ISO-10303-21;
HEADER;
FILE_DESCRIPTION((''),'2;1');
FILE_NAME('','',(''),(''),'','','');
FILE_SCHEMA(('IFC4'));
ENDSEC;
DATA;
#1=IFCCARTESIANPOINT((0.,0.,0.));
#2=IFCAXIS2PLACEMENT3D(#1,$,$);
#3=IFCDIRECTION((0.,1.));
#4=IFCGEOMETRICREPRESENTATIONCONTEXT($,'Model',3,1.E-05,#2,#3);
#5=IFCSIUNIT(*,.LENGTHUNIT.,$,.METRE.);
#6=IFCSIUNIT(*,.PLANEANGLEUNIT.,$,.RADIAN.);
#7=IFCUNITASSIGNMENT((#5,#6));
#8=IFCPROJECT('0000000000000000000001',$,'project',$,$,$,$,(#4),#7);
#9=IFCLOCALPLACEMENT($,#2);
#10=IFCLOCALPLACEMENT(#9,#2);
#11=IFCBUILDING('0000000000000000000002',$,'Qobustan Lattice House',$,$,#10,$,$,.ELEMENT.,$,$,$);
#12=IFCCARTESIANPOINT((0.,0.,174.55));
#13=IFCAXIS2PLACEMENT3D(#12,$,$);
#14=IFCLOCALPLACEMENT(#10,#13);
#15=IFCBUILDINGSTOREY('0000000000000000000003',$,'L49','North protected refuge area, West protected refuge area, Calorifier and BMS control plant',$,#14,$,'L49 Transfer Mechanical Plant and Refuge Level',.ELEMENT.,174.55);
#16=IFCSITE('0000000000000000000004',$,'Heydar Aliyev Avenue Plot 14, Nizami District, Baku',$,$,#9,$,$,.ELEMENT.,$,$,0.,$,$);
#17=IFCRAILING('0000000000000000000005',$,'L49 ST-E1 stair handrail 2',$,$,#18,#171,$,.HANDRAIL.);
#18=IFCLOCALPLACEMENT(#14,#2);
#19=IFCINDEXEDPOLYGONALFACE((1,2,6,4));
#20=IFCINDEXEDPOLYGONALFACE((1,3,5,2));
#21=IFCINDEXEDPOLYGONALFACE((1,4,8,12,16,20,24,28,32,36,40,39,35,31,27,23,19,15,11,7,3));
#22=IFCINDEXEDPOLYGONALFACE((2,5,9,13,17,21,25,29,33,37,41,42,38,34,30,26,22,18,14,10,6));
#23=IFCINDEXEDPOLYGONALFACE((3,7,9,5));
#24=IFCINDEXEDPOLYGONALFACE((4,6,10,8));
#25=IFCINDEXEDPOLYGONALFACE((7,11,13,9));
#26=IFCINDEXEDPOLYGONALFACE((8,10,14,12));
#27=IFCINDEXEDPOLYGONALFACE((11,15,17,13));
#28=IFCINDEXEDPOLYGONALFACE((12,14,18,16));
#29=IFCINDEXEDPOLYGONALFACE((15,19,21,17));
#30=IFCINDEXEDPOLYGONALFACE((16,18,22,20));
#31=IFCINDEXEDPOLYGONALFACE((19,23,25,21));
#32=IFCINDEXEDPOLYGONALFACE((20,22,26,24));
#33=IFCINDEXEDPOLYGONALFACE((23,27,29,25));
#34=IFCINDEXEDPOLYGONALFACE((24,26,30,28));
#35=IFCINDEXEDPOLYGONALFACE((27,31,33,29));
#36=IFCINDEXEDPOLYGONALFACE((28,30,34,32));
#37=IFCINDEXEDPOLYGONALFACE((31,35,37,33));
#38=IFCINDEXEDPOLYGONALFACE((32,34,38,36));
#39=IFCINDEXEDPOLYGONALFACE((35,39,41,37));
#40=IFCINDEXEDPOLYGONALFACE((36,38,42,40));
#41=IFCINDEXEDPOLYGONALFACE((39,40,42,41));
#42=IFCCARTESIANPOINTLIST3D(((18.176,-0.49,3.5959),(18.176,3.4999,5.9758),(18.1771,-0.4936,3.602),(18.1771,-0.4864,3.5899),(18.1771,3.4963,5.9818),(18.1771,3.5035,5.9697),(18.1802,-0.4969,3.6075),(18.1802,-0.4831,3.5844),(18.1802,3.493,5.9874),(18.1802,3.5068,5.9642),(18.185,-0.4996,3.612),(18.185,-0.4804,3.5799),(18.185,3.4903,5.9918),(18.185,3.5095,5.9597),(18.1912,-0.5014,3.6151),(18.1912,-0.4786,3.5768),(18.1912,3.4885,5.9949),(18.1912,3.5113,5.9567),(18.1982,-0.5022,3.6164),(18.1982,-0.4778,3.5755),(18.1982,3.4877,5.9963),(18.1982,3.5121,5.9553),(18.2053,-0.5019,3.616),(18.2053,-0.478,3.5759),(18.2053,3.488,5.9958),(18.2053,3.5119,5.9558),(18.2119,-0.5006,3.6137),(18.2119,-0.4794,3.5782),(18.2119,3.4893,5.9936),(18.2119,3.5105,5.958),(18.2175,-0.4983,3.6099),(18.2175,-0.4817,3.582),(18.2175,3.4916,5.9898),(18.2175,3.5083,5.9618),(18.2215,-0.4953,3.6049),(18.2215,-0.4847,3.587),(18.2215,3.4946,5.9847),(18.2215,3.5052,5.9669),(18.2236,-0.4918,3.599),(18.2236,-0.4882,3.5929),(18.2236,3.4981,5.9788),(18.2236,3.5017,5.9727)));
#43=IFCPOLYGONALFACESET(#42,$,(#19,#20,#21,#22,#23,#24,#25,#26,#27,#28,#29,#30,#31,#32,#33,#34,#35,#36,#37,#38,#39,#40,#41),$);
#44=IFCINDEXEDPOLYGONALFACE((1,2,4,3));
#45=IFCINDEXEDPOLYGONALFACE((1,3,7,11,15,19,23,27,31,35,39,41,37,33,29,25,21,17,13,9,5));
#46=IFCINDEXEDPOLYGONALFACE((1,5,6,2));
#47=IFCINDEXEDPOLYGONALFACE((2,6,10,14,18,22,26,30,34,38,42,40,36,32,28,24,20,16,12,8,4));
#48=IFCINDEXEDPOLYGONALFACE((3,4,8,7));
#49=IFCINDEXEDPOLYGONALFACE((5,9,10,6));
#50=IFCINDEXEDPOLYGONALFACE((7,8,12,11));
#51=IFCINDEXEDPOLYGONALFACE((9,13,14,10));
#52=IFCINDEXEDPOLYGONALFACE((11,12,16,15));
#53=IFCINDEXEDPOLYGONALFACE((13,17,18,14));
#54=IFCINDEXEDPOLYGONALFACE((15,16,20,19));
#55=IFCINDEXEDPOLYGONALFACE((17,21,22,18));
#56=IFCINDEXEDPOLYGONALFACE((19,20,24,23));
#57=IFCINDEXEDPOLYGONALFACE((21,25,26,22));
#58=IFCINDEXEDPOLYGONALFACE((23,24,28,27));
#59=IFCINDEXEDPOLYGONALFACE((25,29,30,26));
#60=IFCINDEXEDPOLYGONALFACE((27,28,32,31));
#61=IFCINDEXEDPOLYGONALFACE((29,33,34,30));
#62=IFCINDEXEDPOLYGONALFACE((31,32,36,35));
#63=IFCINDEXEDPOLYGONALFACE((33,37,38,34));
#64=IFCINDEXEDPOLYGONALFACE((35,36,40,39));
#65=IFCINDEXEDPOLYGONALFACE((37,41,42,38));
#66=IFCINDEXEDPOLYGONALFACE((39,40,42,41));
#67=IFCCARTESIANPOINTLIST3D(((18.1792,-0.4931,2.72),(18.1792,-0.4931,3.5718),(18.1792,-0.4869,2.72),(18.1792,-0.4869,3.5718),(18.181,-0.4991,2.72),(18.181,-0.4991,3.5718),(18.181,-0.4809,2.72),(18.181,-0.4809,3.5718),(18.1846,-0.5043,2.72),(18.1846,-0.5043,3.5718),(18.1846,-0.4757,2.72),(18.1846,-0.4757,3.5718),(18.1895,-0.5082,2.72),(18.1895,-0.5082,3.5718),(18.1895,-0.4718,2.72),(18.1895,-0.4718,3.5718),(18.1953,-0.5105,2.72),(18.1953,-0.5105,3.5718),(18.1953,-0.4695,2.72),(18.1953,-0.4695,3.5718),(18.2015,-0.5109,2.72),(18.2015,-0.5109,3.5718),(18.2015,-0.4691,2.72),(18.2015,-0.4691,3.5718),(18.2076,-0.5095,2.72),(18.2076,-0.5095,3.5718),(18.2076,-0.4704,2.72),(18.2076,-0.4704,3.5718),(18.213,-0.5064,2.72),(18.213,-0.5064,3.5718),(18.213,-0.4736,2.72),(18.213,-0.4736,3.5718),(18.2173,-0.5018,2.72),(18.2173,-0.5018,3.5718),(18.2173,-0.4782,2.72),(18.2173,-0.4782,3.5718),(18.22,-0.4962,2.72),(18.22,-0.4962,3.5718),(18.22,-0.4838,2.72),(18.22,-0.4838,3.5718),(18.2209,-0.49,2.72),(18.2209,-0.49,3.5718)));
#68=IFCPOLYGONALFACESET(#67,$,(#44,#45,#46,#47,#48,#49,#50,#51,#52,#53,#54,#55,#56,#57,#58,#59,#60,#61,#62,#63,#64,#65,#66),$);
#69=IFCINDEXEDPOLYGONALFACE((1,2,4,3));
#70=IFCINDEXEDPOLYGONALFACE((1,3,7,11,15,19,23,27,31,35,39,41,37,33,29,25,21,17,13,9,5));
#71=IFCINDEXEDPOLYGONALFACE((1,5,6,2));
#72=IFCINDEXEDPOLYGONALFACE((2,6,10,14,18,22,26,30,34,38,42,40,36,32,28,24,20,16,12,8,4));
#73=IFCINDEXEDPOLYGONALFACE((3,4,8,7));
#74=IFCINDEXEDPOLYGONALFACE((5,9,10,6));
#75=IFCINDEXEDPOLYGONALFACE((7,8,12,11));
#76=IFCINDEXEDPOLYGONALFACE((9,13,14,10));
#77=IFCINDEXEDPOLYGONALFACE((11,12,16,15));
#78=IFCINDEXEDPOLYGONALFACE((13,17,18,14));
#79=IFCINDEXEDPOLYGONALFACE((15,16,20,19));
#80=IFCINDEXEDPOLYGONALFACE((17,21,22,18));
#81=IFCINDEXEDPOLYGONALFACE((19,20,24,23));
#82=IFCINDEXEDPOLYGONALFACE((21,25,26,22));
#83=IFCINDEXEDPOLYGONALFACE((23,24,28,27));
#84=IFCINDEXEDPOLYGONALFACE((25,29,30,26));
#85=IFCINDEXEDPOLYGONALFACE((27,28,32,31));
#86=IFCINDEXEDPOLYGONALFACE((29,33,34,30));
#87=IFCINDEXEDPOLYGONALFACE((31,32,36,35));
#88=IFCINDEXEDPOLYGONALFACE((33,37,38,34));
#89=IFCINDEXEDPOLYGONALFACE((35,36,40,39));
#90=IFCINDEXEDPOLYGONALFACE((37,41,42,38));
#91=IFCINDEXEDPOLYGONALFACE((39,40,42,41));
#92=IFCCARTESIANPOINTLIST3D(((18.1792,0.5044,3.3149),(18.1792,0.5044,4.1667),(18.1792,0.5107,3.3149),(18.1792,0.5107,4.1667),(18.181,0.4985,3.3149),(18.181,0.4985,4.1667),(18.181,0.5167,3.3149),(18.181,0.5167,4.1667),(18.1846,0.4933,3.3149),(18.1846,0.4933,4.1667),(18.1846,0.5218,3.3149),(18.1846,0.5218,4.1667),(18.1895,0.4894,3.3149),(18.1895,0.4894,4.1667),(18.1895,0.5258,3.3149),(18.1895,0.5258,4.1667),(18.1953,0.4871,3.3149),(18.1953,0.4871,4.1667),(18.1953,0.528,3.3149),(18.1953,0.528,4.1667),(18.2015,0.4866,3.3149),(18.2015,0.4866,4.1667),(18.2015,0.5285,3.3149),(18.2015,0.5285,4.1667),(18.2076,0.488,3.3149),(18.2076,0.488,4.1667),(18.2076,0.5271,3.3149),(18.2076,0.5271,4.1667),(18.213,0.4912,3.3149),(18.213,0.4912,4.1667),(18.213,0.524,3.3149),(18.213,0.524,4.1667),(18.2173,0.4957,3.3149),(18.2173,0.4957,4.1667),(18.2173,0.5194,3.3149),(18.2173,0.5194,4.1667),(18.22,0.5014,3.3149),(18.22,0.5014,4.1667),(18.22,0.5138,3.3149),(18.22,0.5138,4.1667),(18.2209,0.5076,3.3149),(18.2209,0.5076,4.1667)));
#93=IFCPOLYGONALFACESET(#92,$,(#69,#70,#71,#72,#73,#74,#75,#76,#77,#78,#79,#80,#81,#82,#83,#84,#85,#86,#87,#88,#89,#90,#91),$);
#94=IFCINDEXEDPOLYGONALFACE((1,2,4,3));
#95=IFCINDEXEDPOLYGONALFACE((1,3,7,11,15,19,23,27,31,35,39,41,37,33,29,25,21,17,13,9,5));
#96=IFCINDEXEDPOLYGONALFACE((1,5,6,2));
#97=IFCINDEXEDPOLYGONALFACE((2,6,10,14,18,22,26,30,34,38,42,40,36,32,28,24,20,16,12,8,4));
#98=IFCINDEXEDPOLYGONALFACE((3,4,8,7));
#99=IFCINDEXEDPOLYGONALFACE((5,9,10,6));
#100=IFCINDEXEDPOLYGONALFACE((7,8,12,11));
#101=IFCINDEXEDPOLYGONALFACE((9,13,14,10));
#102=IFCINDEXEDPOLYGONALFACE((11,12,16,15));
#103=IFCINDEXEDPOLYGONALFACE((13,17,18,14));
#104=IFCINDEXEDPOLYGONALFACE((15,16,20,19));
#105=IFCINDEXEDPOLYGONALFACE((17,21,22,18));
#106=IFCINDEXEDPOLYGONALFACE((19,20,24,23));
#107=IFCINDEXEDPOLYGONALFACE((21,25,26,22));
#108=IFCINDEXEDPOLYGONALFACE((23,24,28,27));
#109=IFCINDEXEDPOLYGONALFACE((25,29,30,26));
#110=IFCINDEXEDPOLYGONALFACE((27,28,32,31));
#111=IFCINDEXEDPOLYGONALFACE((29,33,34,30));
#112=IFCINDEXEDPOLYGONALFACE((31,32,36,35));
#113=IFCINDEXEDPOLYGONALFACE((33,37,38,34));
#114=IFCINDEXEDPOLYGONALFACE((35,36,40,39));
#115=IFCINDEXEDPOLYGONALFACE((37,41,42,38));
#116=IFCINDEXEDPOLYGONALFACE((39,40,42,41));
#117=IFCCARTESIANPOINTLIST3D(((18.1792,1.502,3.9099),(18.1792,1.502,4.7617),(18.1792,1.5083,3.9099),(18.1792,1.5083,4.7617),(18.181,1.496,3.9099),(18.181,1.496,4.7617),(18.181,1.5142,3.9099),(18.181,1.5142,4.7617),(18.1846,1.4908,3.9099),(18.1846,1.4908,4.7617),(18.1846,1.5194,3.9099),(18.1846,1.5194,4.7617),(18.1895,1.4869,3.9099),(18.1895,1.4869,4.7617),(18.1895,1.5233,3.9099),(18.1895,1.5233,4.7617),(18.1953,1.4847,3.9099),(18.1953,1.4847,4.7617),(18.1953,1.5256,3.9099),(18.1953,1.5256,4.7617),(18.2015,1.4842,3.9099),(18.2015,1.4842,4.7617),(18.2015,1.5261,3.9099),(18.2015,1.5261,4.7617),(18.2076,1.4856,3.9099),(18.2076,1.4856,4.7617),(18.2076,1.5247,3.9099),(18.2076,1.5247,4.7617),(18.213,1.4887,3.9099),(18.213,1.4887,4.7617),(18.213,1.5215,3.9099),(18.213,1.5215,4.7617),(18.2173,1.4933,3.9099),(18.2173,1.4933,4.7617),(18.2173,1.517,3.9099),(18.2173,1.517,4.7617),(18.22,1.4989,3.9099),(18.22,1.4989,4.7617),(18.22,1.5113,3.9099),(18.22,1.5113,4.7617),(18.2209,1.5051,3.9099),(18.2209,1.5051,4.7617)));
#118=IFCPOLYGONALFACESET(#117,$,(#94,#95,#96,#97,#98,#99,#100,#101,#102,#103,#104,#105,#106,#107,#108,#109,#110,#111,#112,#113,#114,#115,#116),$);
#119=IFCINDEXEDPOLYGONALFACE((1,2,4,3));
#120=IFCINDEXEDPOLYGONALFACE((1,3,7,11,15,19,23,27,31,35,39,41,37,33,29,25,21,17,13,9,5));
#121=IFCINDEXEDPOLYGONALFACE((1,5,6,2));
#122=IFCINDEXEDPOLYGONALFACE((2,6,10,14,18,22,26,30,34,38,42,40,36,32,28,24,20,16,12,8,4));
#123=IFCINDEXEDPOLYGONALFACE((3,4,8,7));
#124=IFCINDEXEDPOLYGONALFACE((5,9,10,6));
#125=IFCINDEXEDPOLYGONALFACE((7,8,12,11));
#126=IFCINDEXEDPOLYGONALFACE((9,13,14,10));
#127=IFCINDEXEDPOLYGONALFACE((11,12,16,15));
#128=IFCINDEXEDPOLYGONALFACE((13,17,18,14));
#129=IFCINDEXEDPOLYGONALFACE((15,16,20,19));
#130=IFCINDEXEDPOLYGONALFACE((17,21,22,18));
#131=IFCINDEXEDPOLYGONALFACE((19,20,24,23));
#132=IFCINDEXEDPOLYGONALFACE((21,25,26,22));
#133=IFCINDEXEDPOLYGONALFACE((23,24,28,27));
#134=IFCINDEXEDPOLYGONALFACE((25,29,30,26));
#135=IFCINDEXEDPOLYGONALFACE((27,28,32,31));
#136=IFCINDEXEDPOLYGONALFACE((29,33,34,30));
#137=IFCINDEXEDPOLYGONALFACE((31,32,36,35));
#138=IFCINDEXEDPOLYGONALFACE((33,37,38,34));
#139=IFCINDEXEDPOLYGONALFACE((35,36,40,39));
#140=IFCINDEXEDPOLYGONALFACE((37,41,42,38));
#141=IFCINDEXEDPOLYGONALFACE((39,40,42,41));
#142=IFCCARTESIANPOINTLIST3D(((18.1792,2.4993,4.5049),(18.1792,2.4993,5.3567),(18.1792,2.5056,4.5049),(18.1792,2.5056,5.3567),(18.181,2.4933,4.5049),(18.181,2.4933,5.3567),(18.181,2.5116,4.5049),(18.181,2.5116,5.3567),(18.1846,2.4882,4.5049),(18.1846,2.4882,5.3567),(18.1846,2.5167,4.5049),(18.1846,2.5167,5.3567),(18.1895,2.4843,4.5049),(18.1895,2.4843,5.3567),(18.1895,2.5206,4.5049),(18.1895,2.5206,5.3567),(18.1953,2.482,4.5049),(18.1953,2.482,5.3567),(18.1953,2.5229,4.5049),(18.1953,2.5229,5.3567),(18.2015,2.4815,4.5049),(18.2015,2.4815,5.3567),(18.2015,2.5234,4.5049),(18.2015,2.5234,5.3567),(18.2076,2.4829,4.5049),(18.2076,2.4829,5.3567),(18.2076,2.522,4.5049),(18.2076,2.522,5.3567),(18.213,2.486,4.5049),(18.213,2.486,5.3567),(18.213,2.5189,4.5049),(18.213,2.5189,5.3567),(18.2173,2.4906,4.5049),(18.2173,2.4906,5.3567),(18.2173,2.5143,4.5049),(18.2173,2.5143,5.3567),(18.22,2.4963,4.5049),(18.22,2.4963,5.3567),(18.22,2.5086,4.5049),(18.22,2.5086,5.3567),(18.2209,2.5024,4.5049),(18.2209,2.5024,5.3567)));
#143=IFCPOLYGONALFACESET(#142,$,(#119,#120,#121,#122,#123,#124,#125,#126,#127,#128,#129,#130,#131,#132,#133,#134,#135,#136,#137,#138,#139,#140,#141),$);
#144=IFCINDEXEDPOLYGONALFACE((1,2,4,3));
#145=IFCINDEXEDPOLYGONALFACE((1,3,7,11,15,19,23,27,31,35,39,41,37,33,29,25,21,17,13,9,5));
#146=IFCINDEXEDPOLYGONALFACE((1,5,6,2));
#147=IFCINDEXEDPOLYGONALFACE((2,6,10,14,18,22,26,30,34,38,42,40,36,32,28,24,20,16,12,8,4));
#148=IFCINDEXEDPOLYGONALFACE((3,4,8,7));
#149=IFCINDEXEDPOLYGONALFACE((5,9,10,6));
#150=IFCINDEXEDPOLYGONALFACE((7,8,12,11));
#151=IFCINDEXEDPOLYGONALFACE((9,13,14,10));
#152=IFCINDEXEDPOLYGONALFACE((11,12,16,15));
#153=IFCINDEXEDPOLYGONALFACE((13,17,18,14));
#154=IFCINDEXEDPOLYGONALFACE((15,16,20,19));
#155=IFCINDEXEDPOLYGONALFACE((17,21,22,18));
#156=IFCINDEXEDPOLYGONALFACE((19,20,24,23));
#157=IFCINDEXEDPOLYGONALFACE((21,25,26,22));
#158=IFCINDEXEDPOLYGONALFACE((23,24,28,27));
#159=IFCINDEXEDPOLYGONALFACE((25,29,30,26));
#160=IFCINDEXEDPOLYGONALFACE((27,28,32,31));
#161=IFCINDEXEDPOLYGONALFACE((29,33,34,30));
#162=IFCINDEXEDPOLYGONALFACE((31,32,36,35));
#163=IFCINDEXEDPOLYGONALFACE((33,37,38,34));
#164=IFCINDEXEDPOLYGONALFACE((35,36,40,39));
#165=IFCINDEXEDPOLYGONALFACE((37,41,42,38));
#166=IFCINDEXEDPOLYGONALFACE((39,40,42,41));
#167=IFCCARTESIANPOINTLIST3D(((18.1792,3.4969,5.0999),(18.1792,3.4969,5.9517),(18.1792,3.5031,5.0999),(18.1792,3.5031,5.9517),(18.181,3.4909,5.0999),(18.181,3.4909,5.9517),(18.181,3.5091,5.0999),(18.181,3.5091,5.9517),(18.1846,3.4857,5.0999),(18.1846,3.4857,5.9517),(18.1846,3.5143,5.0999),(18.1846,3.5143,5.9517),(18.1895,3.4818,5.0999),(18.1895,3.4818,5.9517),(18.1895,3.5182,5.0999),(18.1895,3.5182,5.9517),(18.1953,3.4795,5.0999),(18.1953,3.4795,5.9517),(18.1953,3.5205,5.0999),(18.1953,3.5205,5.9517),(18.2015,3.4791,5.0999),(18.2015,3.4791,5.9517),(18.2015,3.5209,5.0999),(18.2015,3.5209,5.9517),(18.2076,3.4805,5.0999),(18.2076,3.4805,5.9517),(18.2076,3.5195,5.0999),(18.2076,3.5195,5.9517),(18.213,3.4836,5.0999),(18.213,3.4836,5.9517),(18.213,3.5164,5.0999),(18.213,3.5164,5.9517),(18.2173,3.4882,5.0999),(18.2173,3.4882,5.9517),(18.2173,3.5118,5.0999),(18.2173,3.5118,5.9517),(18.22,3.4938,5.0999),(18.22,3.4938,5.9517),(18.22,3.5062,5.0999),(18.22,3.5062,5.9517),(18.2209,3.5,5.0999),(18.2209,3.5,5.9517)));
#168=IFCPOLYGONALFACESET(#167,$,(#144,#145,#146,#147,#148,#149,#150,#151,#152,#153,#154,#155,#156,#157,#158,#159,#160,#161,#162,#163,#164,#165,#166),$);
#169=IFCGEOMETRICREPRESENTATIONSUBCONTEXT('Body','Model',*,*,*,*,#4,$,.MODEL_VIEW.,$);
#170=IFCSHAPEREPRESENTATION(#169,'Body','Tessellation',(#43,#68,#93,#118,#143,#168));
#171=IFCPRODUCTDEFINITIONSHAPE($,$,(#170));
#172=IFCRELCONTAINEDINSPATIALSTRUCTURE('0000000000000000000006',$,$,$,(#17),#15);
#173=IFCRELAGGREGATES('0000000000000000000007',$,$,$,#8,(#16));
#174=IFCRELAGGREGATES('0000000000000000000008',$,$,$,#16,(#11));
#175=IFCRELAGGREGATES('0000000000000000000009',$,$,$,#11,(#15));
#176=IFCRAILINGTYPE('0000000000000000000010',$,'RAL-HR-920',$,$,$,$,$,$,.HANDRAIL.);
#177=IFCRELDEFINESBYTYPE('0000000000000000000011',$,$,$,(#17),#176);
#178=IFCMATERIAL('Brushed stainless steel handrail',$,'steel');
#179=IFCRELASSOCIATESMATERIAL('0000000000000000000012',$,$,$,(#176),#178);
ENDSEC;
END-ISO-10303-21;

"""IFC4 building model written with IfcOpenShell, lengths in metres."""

from ifc_helpers import new_model, si_unit, direction, frame, origin, origin_2d, place, context, subcontext, project, spatial, circle, extrude, material, type_object, element, save


model = new_model("IFC4")

# Units and contexts
model_context = context("Model", 3, precision=1e-05, world=origin(), true_north=direction((0.0, 1.0)))
body_context = subcontext(model_context, "Body", "Model", "MODEL_VIEW")
ifc_project = project(units=[si_unit("LENGTHUNIT", "METRE"), si_unit("PLANEANGLEUNIT", "RADIAN")], contexts=[model_context])

# Site, building, storey
site_placement = place(None, origin())
site = spatial("IfcSite", under=ifc_project, at=site_placement, Name="Heydar Aliyev Avenue Plot 14, Nizami District, Baku", CompositionType="ELEMENT", RefElevation=0.0)
building_placement = place(site_placement, origin())
building = spatial("IfcBuilding", under=site, at=building_placement, Name="Qobustan Lattice House", CompositionType="ELEMENT")
storey_placement = place(building_placement, frame((0.0, 0.0, 174.55)))
storey = spatial("IfcBuildingStorey", under=building, at=storey_placement, Name="L49", Description="North protected refuge area, West protected refuge area, Calorifier and BMS control plant", LongName="L49 Transfer Mechanical Plant and Refuge Level", CompositionType="ELEMENT", Elevation=174.55)

# Railing
ifc_material_1 = material(Name="Brushed stainless steel handrail", Category="steel")
railing_type_1 = type_object("IfcRailingType", Name="RAL-HR-920", PredefinedType="HANDRAIL", material=ifc_material_1)
railing_1_placement = place(storey_placement, frame((18.2, -0.49, 2.72)))
element("IfcRailing", 1, at=railing_1_placement, inside=storey, type_object=railing_type_1, Name="L49 ST-E1 stair handrail 2", PredefinedType="HANDRAIL", context=body_context, shape_type="SweptSolid", body=[
    extrude(circle(Radius=0.0239, at=origin_2d()), frame((0.0, 0.0, 0.876), z_axis=(0.0, 0.85883, 0.512261), x_axis=(-1.0, 0.0, 0.0)), (0.0, 0.0, 1.0), 4.6458),
    extrude(circle(Radius=0.021, at=origin_2d()), origin(), (0.0, 0.0, 1.0), 0.8518),
    extrude(circle(Radius=0.021, at=origin_2d()), frame((0.0, 0.9976, 0.595)), (0.0, 0.0, 1.0), 0.8518),
    extrude(circle(Radius=0.021, at=origin_2d()), frame((0.0, 1.9951, 1.1899)), (0.0, 0.0, 1.0), 0.8518),
    extrude(circle(Radius=0.021, at=origin_2d()), frame((0.0, 2.9924, 1.7849)), (0.0, 0.0, 1.0), 0.8518),
    extrude(circle(Radius=0.021, at=origin_2d()), frame((0.0, 3.99, 2.3799)), (0.0, 0.0, 1.0), 0.8518),
])

save(model, "model.ifc")
